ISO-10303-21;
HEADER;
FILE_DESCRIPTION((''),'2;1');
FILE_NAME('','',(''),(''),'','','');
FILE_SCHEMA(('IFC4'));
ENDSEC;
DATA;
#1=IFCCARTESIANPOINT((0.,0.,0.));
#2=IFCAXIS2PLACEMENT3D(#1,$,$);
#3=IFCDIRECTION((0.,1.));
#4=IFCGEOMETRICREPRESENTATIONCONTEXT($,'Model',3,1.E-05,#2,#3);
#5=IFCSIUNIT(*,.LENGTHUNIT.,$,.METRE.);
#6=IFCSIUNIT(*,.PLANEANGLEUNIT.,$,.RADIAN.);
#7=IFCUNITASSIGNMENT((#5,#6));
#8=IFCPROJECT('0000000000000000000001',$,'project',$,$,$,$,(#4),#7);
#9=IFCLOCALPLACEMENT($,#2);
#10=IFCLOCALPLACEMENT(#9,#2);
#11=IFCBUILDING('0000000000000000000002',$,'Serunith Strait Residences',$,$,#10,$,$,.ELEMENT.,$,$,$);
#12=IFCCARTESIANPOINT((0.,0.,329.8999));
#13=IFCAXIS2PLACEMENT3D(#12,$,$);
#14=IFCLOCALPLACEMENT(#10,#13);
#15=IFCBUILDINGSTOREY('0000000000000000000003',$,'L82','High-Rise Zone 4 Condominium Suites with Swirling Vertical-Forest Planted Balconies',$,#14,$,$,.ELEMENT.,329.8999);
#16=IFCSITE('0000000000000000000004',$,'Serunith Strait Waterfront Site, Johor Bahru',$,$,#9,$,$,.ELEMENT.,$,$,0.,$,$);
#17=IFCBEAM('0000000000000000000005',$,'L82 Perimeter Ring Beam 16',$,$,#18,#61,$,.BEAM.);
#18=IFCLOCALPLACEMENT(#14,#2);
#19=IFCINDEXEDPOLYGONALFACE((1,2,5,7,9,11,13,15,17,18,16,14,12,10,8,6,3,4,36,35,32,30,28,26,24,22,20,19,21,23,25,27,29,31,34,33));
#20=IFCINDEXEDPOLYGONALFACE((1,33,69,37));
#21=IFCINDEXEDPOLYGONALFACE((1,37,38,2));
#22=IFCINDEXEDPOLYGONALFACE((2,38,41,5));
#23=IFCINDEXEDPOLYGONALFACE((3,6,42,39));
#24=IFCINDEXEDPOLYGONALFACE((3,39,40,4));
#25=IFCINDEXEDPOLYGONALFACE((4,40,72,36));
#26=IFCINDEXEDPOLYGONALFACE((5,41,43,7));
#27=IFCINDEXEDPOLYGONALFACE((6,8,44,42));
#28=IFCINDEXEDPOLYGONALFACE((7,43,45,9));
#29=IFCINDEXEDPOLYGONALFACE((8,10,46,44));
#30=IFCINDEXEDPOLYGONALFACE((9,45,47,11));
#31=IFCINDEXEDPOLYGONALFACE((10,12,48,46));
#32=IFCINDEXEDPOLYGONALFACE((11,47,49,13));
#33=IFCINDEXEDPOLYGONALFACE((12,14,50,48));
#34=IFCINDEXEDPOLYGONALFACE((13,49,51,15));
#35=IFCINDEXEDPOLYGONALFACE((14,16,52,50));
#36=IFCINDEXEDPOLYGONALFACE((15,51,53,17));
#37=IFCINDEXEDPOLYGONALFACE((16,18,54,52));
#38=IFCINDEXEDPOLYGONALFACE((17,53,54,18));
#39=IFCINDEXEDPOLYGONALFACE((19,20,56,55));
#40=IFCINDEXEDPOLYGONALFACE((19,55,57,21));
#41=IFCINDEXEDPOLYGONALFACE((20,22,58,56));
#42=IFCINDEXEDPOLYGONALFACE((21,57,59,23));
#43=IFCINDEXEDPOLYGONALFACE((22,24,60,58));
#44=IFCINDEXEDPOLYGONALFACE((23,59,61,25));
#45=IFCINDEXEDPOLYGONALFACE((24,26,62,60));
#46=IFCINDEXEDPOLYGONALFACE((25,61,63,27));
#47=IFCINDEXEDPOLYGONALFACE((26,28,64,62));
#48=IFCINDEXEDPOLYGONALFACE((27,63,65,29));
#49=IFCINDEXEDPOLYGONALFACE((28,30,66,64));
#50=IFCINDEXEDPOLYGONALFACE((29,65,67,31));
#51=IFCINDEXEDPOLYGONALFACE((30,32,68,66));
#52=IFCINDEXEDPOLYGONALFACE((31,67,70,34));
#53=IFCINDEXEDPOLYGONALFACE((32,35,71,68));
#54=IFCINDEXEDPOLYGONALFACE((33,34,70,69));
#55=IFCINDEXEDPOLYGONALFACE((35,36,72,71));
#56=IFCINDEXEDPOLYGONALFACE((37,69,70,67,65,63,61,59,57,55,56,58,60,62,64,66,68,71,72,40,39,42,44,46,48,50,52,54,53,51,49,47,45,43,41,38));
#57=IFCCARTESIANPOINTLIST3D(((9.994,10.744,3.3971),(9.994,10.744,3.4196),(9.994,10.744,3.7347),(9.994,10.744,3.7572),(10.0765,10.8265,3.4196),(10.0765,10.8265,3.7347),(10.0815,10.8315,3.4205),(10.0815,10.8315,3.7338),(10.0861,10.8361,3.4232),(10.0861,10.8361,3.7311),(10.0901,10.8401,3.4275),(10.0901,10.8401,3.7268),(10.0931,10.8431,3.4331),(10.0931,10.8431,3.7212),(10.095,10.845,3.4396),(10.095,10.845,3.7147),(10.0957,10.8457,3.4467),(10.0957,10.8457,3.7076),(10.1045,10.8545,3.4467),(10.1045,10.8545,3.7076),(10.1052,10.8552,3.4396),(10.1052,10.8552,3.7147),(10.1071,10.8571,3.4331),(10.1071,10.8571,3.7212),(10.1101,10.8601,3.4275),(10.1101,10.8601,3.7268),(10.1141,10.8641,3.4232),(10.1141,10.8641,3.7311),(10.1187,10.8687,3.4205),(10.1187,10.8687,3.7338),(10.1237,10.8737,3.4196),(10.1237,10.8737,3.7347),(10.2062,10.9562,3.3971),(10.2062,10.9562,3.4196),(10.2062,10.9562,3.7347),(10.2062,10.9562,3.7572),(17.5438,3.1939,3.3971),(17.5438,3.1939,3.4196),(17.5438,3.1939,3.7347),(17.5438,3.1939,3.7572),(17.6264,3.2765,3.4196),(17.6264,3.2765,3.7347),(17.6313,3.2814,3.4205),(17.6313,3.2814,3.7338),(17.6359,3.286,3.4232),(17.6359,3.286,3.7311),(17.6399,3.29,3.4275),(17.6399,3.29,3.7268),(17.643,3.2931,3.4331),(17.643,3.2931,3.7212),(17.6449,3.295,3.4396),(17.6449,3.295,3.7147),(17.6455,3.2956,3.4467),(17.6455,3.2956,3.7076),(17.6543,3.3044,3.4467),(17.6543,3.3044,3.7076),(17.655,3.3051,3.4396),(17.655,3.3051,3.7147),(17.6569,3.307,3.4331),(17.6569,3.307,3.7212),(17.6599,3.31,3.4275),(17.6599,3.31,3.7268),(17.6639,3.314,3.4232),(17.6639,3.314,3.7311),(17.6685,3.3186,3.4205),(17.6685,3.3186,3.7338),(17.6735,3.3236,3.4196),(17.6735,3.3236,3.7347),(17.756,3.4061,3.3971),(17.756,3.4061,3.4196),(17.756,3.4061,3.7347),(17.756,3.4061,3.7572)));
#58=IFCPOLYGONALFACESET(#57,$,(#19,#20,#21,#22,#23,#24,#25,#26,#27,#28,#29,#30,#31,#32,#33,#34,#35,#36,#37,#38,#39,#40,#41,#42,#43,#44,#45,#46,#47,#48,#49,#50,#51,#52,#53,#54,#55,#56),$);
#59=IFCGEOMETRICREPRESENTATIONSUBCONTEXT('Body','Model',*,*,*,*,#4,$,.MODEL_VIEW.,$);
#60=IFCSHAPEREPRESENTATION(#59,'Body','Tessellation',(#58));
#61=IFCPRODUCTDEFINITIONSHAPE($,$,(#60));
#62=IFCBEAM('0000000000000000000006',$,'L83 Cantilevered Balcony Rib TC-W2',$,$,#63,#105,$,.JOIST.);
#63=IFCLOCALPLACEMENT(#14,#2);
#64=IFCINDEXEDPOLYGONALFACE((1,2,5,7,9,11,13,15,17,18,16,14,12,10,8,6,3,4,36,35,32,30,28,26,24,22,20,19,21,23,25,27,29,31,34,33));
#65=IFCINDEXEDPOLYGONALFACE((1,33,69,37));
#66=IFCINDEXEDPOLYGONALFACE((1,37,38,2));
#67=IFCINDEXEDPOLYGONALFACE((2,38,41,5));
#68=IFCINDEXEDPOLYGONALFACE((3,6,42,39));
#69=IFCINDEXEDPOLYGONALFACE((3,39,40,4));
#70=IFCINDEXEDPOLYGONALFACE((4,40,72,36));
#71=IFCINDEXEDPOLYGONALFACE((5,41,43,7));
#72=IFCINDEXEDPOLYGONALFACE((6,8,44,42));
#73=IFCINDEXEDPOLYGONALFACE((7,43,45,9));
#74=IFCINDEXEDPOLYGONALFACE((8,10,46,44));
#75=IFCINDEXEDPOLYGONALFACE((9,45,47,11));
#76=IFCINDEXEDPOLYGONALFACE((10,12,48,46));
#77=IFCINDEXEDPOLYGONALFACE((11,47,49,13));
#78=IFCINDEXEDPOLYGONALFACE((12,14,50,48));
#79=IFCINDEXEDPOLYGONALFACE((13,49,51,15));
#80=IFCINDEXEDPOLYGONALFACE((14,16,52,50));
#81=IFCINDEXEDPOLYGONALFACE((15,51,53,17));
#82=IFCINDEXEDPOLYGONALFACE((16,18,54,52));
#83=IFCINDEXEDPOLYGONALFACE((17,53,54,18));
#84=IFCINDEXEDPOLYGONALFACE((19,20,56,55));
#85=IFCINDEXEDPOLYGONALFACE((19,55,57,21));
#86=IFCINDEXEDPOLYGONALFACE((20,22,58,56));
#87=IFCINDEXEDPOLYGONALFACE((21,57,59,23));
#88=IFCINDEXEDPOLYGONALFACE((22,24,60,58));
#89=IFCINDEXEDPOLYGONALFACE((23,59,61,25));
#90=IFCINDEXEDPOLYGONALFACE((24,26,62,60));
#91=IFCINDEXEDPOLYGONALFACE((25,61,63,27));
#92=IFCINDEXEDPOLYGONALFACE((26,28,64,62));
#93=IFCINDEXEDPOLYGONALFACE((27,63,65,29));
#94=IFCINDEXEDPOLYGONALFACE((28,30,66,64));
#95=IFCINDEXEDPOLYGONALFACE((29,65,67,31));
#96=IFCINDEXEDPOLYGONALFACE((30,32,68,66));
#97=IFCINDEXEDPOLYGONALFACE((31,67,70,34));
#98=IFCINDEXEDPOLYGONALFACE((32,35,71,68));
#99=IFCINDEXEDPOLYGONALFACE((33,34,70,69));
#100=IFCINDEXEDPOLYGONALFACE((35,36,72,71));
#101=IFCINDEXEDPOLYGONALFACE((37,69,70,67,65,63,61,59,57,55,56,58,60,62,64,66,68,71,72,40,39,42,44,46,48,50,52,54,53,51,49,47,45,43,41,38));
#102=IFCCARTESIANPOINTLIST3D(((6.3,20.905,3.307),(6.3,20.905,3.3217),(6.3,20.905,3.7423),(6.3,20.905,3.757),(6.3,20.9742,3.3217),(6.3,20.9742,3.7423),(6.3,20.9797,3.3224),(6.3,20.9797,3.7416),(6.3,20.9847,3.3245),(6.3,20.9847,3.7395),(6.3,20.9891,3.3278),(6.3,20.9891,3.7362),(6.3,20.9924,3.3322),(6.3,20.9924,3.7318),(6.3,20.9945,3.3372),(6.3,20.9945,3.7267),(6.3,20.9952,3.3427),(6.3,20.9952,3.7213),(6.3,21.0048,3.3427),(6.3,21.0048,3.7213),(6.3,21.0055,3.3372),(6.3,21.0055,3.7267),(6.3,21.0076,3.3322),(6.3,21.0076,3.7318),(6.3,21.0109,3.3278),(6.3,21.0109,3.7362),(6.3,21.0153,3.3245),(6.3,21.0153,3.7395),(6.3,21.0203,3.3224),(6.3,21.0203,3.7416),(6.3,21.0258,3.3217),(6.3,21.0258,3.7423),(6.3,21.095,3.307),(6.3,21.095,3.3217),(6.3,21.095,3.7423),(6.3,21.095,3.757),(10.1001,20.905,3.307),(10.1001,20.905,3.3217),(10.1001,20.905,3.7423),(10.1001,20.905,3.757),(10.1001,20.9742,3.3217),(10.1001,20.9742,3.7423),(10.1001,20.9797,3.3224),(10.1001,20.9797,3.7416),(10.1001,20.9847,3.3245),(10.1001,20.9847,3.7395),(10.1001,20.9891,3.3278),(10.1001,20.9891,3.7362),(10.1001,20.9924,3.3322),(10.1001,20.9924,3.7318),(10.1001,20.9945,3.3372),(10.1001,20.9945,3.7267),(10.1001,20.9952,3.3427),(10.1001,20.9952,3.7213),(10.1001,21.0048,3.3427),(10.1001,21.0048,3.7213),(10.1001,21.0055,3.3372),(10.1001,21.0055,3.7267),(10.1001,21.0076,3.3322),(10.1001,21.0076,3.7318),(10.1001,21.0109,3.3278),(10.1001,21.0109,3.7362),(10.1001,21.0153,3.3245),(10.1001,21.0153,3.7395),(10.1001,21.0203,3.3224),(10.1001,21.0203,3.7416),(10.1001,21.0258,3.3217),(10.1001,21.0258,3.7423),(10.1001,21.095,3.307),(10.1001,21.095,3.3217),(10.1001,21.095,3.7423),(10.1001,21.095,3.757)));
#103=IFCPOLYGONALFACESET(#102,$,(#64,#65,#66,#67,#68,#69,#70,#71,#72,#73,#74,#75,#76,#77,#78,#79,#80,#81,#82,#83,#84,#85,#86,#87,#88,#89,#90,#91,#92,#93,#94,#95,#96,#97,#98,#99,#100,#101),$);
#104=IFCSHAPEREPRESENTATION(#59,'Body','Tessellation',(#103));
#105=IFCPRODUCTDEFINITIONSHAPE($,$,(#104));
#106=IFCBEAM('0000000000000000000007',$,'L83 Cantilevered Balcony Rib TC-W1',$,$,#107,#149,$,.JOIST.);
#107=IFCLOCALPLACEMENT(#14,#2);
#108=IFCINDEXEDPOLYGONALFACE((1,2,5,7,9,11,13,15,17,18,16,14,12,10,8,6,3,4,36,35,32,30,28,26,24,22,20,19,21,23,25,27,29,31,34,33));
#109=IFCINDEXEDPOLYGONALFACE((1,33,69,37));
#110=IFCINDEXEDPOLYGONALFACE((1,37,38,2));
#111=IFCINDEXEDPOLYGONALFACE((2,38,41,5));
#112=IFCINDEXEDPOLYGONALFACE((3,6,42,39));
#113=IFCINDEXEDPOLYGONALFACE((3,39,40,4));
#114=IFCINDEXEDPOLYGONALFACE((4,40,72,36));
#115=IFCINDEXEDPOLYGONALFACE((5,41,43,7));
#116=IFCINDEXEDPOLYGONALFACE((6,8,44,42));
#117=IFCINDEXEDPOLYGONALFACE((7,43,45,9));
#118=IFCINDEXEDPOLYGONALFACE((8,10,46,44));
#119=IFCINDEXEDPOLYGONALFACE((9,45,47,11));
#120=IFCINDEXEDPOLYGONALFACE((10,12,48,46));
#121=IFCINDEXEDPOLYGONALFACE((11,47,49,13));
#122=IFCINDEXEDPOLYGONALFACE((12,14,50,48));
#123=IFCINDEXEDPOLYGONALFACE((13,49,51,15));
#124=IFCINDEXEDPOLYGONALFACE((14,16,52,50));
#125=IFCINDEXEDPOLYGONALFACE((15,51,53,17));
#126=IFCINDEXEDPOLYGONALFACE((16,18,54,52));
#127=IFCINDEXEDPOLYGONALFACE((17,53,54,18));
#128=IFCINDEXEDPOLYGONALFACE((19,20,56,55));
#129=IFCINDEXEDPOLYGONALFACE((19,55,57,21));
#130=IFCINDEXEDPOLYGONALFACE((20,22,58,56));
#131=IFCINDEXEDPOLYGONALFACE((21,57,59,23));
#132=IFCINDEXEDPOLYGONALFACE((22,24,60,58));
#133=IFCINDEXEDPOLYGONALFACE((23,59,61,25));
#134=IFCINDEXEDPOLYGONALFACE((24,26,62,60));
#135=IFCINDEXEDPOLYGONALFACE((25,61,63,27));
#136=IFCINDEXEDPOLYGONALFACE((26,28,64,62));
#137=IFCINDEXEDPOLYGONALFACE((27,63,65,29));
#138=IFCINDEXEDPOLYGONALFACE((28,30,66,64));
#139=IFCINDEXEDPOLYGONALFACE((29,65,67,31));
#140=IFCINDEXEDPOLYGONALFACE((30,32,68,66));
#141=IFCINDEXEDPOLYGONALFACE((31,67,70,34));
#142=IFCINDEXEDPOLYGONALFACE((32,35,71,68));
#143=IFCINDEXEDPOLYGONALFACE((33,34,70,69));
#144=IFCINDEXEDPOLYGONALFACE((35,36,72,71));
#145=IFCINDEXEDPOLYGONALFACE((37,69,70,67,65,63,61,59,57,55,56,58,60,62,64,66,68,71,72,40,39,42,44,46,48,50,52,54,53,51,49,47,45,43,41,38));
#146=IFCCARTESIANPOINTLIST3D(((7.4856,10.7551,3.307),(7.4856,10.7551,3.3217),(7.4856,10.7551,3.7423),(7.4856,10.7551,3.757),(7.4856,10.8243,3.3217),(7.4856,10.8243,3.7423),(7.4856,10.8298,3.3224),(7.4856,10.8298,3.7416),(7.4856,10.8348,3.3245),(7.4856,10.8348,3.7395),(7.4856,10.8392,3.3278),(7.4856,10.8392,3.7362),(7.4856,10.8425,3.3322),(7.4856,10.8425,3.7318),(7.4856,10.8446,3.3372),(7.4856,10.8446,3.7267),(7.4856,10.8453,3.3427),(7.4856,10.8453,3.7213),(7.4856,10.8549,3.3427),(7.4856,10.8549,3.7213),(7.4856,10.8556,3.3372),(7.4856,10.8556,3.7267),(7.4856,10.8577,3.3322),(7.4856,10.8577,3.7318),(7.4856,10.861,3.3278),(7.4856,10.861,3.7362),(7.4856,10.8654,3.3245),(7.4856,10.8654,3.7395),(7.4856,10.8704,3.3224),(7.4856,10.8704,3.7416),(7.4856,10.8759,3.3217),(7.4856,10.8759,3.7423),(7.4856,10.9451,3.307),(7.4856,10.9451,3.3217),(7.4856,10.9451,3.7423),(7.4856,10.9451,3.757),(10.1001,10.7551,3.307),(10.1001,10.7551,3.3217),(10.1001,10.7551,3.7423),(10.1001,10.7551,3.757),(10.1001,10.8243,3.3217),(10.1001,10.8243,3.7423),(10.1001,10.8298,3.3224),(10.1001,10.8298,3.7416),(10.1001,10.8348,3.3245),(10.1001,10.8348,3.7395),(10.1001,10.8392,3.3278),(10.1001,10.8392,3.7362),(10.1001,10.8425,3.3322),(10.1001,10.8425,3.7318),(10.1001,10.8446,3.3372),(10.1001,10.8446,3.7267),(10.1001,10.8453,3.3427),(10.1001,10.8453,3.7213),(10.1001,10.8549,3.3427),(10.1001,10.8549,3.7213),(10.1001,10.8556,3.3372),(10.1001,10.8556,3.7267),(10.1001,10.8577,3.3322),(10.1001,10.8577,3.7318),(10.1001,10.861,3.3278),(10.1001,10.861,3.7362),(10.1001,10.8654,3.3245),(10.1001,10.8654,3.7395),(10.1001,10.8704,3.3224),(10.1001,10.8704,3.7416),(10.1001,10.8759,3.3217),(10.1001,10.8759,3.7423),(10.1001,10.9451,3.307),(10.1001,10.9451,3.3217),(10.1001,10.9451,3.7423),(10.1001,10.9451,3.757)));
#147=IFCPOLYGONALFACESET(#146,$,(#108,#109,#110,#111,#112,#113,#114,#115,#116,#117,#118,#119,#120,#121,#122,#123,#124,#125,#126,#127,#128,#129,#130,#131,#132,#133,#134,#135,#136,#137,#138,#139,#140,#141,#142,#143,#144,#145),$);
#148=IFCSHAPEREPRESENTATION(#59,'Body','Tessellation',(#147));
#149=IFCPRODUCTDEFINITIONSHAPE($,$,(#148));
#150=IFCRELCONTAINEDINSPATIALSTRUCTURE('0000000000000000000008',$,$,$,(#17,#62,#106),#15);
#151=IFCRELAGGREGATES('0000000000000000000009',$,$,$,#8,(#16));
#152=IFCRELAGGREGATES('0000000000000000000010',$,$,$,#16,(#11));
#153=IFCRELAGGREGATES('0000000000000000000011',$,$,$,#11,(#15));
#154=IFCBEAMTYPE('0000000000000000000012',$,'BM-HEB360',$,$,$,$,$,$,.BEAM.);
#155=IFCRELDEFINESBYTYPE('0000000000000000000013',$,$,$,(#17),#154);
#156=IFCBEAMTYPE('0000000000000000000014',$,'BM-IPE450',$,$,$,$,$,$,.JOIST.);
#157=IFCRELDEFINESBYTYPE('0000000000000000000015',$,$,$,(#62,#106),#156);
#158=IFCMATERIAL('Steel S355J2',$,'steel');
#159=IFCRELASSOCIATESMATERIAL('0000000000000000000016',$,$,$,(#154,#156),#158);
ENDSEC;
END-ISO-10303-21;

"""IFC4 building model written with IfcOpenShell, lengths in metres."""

from ifc_helpers import new_model, si_unit, direction, frame, origin, origin_2d, place, context, subcontext, project, spatial, i_section, extrude, source, transform, mapped, material, material_profile, profile_set, type_object, element, save


model = new_model("IFC4")

# Units and contexts
model_context = context("Model", 3, precision=1e-05, world=origin(), true_north=direction((0.0, 1.0)))
body_context = subcontext(model_context, "Body", "Model", "MODEL_VIEW")
ifc_project = project(units=[si_unit("LENGTHUNIT", "METRE"), si_unit("PLANEANGLEUNIT", "RADIAN")], contexts=[model_context])

# Site, building, storey
site_placement = place(None, origin())
site = spatial("IfcSite", under=ifc_project, at=site_placement, Name="Serunith Strait Waterfront Site, Johor Bahru", CompositionType="ELEMENT", RefElevation=0.0)
building_placement = place(site_placement, origin())
building = spatial("IfcBuilding", under=site, at=building_placement, Name="Serunith Strait Residences", CompositionType="ELEMENT")
storey_placement = place(building_placement, frame((0.0, 0.0, 329.8999)))
storey = spatial("IfcBuildingStorey", under=building, at=storey_placement, Name="L82", Description="High-Rise Zone 4 Condominium Suites with Swirling Vertical-Forest Planted Balconies", CompositionType="ELEMENT", Elevation=329.8999)

# Beams
ifc_material_1 = material(Name="Steel S355J2", Category="steel")
ifc_material_profile_1 = material_profile(ifc_material_1, i_section(OverallWidth=0.3, OverallDepth=0.3601, WebThickness=0.0125, FlangeThickness=0.0225, FilletRadius=0.0271, at=origin_2d()), Name="HEB 360")
ifc_profile_set_1 = profile_set([ifc_material_profile_1], Name="Steel S355J2")
beam_type_1 = type_object("IfcBeamType", Name="BM-HEB360", PredefinedType="BEAM", material=ifc_profile_set_1)
shared_shape_1 = source(origin(), body_context, "Body", "SweptSolid", [
    extrude(i_section(OverallWidth=0.3, OverallDepth=0.3601, WebThickness=0.0125, FlangeThickness=0.0225, FilletRadius=0.0271, at=origin_2d()), origin(), (0.0, 0.0, 1.0), 10.6772),
])
beam_1_placement = place(storey_placement, frame((10.1001, 10.8501, 3.5771), z_axis=(0.707095, -0.707118, 0.0), x_axis=(0.707118, 0.707095, 0.0)))
element("IfcBeam", 1, at=beam_1_placement, inside=storey, type_object=beam_type_1, Name="L82 Perimeter Ring Beam 16", PredefinedType="BEAM", context=body_context, shape_type="MappedRepresentation", body=[
    mapped(shared_shape_1, transform((0.0, 0.0, 0.0), scale=1.0)),
])
ifc_material_profile_2 = material_profile(ifc_material_1, i_section(OverallWidth=0.1899, OverallDepth=0.45, WebThickness=0.0095, FlangeThickness=0.0146, FilletRadius=0.021, at=origin_2d()), Name="IPE 450")
ifc_profile_set_2 = profile_set([ifc_material_profile_2], Name="Steel S355J2")
beam_type_2 = type_object("IfcBeamType", Name="BM-IPE450", PredefinedType="JOIST", material=ifc_profile_set_2)
shared_shape_2 = source(origin(), body_context, "Body", "SweptSolid", [
    extrude(i_section(OverallWidth=0.1899, OverallDepth=0.45, WebThickness=0.0095, FlangeThickness=0.0146, FilletRadius=0.021, at=origin_2d()), origin(), (0.0, 0.0, 1.0), 3.8),
])
beam_2_placement = place(storey_placement, frame((10.1001, 21.0, 3.532), z_axis=(-1.0, 0.0, 0.0), x_axis=(0.0, -1.0, 0.0)))
element("IfcBeam", 2, at=beam_2_placement, inside=storey, type_object=beam_type_2, Name="L83 Cantilevered Balcony Rib TC-W2", PredefinedType="JOIST", context=body_context, shape_type="MappedRepresentation", body=[
    mapped(shared_shape_2, transform((0.0, 0.0, 0.0), scale=1.0)),
])
shared_shape_3 = source(origin(), body_context, "Body", "SweptSolid", [
    extrude(i_section(OverallWidth=0.1899, OverallDepth=0.45, WebThickness=0.0095, FlangeThickness=0.0146, FilletRadius=0.021, at=origin_2d()), origin(), (0.0, 0.0, 1.0), 2.6145),
])
beam_3_placement = place(storey_placement, frame((10.1001, 10.8501, 3.532), z_axis=(-1.0, 0.0, 0.0), x_axis=(0.0, -1.0, 0.0)))
element("IfcBeam", 3, at=beam_3_placement, inside=storey, type_object=beam_type_2, Name="L83 Cantilevered Balcony Rib TC-W1", PredefinedType="JOIST", context=body_context, shape_type="MappedRepresentation", body=[
    mapped(shared_shape_3, transform((0.0, 0.0, 0.0), scale=1.0)),
])

save(model, "model.ifc")
